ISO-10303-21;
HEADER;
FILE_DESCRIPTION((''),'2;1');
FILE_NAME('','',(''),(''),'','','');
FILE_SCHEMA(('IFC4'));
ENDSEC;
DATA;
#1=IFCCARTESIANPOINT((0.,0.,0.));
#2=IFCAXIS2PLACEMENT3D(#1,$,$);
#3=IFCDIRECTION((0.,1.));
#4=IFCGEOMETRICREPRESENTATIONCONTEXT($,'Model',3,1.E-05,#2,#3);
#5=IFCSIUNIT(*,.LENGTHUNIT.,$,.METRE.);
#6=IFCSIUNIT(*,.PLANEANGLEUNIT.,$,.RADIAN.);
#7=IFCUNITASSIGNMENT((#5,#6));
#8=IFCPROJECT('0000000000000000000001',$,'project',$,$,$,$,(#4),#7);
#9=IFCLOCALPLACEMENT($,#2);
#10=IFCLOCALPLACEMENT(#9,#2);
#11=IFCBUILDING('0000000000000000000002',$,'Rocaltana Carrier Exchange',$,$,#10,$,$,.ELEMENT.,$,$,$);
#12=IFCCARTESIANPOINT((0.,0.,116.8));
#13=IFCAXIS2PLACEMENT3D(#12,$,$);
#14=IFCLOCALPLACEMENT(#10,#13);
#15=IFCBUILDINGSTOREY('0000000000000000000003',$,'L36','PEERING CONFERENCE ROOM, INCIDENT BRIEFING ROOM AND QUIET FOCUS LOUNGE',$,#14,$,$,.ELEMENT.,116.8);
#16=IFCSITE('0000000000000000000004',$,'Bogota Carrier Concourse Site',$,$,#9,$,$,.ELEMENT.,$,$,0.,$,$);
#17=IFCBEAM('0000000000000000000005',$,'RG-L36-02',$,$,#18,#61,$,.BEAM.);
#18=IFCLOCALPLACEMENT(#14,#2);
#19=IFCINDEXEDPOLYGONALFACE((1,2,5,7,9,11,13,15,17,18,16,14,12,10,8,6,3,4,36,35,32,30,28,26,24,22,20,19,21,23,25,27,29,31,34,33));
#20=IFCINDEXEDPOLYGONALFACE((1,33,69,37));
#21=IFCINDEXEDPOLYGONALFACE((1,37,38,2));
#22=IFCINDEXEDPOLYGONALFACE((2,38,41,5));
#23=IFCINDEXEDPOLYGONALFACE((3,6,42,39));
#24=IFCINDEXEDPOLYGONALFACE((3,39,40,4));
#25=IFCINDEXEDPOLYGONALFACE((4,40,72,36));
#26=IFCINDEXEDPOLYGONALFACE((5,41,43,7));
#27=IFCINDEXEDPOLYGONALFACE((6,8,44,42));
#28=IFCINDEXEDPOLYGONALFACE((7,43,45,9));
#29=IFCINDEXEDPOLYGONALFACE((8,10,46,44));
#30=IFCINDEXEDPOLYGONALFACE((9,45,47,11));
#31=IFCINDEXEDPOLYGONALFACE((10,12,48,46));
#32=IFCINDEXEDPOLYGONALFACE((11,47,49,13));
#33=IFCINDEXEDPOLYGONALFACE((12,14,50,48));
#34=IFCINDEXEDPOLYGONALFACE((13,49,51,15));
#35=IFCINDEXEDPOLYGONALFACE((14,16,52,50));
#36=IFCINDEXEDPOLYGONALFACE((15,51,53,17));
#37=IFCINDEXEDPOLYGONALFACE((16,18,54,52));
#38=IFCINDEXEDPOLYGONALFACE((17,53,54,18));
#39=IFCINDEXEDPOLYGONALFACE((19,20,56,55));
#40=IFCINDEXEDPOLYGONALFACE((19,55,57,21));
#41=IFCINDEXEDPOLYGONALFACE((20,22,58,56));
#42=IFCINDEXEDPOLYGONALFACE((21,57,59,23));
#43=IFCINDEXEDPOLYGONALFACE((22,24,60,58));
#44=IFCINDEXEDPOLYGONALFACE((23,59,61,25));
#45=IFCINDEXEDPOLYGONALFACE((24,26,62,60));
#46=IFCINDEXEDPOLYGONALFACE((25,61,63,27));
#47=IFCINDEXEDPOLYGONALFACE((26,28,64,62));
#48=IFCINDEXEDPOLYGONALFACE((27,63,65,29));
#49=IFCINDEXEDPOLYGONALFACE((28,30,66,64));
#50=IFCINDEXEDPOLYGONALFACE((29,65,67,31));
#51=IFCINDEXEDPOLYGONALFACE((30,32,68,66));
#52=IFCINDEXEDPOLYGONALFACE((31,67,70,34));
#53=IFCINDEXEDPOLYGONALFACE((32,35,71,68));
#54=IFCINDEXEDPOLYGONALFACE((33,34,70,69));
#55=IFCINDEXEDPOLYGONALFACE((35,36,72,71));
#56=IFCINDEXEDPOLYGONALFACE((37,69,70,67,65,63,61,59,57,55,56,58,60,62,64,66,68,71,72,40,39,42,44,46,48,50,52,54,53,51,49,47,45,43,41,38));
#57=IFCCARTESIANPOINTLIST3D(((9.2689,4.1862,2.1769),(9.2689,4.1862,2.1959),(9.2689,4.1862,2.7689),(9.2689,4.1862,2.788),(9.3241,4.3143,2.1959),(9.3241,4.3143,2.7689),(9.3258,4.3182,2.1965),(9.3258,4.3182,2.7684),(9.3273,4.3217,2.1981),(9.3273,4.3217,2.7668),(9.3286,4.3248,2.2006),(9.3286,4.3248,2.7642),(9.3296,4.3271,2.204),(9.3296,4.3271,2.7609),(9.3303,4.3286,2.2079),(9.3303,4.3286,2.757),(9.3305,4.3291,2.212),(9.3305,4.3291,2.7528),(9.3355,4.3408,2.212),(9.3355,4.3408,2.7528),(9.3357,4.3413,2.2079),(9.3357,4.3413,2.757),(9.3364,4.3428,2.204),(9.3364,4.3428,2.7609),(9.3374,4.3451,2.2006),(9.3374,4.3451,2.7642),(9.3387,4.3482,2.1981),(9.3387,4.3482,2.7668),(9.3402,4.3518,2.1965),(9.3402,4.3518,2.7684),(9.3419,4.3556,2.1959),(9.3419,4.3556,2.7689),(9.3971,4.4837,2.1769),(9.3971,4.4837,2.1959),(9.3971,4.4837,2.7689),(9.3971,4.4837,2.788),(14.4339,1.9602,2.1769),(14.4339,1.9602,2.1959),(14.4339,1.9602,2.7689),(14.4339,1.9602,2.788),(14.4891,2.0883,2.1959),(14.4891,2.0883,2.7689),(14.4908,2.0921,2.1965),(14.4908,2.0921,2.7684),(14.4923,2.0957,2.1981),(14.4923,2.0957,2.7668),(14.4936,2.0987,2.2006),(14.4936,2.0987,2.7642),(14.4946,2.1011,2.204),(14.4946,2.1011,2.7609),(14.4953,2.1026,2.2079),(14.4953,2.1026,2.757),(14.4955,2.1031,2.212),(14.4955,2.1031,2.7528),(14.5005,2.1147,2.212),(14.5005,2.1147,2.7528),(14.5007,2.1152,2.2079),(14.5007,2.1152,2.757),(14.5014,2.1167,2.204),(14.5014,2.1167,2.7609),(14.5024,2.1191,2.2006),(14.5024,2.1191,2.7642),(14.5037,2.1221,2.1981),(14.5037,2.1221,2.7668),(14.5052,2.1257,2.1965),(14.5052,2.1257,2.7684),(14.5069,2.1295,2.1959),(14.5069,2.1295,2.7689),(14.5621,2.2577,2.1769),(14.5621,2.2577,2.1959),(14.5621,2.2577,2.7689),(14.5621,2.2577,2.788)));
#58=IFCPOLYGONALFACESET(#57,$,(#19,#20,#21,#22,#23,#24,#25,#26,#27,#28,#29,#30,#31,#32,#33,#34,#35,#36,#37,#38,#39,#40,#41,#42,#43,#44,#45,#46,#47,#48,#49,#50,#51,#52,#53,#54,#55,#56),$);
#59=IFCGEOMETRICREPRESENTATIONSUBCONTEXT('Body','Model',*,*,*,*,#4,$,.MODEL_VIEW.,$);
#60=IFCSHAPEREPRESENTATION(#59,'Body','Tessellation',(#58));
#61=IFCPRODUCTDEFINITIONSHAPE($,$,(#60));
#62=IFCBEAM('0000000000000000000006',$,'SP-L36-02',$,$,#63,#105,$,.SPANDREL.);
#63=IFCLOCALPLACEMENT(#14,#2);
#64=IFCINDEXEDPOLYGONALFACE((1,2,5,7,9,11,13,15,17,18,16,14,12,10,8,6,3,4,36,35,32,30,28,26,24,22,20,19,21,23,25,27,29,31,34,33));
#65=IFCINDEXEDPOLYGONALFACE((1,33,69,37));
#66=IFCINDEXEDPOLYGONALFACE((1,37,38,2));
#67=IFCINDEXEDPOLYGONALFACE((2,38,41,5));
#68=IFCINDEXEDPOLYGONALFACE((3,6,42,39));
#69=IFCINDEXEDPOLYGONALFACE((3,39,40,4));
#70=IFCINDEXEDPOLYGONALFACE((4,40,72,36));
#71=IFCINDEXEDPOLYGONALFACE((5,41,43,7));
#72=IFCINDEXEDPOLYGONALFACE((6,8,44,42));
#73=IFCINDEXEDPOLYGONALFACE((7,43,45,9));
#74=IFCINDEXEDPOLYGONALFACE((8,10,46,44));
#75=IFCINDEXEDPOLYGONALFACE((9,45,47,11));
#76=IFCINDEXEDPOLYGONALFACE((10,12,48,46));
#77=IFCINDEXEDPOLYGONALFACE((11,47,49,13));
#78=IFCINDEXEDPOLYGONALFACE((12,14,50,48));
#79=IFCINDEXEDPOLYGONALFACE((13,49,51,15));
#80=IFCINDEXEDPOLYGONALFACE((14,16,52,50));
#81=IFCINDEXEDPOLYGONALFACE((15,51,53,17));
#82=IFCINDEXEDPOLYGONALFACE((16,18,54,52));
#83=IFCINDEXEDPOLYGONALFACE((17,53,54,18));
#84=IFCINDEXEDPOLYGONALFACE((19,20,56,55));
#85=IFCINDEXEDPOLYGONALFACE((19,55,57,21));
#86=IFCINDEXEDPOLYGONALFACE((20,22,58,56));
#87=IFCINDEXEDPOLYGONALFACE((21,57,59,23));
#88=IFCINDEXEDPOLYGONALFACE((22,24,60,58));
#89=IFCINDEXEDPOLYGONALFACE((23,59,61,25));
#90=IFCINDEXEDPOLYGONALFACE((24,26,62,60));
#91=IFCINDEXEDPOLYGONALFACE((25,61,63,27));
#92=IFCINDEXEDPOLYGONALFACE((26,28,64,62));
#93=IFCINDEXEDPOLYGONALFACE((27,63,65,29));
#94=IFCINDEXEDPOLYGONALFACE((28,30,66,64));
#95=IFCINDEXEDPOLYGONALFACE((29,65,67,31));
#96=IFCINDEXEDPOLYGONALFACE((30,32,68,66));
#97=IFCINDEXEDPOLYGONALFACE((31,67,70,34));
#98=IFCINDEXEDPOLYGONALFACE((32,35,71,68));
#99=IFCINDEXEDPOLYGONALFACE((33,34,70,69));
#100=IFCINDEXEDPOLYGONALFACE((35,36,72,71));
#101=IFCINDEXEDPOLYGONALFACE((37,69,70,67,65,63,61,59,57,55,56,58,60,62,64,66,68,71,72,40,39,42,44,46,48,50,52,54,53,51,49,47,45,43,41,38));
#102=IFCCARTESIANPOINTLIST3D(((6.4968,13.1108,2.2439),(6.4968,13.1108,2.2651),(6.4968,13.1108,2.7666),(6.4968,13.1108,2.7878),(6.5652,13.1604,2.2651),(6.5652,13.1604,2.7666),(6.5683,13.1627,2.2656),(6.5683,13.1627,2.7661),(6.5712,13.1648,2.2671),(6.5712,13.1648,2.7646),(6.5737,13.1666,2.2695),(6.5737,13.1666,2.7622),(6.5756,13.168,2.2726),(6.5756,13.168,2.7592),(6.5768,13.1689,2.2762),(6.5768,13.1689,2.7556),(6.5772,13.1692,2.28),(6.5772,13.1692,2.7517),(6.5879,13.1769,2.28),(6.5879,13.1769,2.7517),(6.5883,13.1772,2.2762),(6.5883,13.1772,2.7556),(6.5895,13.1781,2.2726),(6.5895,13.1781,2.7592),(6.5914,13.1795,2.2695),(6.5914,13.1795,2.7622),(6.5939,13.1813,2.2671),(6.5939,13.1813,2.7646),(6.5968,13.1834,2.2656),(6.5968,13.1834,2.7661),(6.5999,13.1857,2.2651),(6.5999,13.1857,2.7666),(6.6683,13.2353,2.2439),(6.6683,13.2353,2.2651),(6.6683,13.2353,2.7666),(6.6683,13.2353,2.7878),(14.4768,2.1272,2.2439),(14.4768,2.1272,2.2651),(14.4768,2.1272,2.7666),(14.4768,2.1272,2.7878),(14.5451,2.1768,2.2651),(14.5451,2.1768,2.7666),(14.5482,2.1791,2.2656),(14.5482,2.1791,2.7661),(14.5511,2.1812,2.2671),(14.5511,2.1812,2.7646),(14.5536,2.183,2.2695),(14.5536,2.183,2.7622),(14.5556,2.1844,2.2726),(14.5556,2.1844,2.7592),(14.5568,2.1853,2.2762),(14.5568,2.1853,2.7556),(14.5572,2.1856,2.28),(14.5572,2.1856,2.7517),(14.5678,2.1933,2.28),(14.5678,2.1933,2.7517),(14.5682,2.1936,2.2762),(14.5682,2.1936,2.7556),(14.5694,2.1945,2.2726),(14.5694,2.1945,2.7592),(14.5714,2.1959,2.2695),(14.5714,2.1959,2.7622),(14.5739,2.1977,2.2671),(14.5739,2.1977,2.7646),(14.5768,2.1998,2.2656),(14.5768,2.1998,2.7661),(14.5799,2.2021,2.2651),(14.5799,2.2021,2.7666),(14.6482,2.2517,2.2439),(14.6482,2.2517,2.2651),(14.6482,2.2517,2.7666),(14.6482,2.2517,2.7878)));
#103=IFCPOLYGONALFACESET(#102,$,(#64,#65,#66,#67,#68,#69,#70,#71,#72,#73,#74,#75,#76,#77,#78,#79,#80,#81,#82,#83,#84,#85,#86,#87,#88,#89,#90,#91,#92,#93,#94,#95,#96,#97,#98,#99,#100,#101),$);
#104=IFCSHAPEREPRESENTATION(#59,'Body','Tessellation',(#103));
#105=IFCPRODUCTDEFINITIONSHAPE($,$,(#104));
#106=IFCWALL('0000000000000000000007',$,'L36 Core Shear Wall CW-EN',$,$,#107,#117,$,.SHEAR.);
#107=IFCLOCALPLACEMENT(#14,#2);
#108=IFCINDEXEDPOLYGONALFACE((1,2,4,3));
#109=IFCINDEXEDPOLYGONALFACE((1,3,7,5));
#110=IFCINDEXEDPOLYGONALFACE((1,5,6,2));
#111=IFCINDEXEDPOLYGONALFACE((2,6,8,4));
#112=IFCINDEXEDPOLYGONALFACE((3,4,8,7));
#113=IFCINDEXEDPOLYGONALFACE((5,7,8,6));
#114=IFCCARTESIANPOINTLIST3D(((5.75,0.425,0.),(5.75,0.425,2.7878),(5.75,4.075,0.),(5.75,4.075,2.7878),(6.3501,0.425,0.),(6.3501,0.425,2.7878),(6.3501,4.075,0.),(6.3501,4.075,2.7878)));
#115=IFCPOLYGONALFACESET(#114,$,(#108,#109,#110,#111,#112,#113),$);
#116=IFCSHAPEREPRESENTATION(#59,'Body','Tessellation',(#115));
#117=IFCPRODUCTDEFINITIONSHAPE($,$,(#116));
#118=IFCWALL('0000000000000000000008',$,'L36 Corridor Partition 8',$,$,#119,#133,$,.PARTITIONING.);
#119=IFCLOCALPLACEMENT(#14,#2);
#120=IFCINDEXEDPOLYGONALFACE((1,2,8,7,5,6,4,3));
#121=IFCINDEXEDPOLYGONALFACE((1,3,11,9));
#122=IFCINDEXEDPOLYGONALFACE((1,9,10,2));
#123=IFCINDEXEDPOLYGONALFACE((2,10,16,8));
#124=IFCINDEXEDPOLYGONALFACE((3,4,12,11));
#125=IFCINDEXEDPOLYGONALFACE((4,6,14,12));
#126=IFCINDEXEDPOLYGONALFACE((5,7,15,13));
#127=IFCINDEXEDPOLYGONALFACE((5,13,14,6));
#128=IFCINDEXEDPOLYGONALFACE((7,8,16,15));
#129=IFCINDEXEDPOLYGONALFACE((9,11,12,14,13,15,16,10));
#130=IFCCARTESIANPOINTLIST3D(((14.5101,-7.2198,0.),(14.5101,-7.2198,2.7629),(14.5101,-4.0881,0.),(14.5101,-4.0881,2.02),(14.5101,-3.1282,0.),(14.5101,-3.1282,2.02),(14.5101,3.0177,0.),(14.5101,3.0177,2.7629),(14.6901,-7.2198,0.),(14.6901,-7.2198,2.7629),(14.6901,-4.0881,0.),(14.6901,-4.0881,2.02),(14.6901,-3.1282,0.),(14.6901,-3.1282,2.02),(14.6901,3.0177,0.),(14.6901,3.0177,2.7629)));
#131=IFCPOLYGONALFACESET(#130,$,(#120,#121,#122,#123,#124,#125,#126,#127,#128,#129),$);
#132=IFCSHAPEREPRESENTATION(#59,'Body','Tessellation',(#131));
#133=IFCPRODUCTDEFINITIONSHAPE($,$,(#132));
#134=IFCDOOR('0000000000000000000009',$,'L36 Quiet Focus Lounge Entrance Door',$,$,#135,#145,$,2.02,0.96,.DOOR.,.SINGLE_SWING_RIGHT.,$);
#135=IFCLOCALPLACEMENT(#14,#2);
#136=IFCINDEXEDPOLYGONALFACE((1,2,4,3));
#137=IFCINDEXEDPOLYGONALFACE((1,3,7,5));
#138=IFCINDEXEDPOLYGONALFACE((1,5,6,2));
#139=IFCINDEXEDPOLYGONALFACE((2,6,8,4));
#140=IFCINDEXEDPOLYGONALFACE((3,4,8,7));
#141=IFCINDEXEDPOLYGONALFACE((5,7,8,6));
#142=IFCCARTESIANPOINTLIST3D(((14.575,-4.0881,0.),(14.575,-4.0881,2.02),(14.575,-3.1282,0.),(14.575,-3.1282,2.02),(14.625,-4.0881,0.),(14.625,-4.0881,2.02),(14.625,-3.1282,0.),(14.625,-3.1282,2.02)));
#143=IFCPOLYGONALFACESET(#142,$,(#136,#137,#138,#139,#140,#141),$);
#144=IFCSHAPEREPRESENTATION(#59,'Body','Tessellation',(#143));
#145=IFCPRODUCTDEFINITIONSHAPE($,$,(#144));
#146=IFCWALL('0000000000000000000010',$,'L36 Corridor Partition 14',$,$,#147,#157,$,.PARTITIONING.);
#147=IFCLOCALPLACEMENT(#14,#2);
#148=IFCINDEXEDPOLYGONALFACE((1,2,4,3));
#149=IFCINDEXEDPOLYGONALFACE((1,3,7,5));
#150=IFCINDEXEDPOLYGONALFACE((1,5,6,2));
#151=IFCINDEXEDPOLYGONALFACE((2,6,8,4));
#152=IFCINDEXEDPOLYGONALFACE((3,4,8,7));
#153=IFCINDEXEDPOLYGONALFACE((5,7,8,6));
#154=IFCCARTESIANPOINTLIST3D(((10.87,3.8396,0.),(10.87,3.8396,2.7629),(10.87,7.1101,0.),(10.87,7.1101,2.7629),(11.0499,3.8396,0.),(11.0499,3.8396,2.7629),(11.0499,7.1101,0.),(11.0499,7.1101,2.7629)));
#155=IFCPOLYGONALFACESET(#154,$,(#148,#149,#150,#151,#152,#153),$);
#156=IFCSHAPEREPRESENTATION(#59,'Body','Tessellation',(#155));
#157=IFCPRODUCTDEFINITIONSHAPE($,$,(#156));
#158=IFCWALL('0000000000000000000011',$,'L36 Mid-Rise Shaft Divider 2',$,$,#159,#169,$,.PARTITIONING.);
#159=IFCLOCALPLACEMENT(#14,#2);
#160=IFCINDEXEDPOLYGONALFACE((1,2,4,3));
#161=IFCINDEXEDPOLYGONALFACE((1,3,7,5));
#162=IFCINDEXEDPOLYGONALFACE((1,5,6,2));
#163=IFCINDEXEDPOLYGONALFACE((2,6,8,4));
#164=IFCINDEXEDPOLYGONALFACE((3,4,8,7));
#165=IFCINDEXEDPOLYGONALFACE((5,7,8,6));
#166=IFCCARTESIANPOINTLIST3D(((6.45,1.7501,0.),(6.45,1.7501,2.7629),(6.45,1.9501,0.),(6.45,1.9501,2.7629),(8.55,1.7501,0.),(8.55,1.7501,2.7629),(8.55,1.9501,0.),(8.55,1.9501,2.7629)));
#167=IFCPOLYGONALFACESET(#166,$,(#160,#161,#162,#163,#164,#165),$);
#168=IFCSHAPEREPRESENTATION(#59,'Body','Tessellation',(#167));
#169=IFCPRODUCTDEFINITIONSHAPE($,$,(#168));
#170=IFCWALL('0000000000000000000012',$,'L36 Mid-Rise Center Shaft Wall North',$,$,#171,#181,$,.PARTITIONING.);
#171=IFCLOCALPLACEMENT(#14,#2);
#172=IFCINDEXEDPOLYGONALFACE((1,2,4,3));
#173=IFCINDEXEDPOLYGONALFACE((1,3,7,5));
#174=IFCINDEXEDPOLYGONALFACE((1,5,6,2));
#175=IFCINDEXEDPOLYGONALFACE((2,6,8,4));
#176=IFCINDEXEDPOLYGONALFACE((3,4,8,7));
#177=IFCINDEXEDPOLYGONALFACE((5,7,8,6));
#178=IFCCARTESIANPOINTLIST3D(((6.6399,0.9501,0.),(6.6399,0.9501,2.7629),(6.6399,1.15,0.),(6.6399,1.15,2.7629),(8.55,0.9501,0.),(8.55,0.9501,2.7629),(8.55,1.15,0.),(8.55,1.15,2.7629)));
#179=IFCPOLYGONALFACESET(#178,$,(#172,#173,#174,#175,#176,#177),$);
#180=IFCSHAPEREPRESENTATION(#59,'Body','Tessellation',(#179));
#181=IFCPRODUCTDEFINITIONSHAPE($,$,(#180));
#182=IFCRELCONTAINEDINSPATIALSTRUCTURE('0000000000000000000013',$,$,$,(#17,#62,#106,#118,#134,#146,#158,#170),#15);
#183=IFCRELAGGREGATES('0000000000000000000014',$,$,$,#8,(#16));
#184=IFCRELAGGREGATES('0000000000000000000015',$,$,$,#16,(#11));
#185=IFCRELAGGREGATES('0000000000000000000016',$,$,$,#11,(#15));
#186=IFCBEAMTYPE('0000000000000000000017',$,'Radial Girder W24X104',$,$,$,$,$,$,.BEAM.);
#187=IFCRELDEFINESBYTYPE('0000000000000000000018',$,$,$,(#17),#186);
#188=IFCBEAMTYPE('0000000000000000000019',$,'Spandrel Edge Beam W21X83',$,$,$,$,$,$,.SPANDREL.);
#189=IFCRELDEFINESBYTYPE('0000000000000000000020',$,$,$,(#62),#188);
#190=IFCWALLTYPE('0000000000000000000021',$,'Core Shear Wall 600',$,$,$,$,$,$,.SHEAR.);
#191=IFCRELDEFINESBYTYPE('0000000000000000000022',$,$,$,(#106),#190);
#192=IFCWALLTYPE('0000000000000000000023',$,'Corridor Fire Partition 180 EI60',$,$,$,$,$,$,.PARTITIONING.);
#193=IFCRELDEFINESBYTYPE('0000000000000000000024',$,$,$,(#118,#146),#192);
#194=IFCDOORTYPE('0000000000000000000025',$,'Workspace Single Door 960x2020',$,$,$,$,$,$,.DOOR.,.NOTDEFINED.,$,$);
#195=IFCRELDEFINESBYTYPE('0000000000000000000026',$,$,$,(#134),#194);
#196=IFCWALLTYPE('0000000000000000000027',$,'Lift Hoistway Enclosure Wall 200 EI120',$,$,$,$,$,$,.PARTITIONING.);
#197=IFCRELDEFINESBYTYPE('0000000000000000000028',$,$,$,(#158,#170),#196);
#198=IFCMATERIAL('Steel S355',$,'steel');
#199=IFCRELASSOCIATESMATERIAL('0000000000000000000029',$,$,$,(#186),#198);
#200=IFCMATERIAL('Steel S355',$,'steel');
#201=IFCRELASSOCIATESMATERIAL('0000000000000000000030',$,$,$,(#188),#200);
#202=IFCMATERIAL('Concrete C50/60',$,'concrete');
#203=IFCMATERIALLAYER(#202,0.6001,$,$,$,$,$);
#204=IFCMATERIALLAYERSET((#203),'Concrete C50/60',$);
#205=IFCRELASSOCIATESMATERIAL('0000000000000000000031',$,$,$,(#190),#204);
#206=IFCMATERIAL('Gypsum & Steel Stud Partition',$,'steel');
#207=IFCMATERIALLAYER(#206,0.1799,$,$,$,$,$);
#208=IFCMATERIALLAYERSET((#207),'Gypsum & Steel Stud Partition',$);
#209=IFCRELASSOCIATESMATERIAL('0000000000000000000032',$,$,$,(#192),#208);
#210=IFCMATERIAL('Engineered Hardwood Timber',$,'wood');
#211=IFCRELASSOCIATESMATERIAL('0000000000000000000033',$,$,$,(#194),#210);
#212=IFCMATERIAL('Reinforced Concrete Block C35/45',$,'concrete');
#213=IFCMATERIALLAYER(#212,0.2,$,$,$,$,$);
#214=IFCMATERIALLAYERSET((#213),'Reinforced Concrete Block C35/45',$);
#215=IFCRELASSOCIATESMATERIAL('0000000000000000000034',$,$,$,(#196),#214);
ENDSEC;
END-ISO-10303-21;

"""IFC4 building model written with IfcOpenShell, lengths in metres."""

from ifc_helpers import new_model, si_unit, direction, frame, frame_2d, origin, origin_2d, place, context, subcontext, project, spatial, rectangle, i_section, extrude, material, layer, layer_set, material_profile, profile_set, type_object, element, fill, save


model = new_model("IFC4")

# Units and contexts
model_context = context("Model", 3, precision=1e-05, world=origin(), true_north=direction((0.0, 1.0)))
body_context = subcontext(model_context, "Body", "Model", "MODEL_VIEW")
ifc_project = project(units=[si_unit("LENGTHUNIT", "METRE"), si_unit("PLANEANGLEUNIT", "RADIAN")], contexts=[model_context])

# Site, building, storey
site_placement = place(None, origin())
site = spatial("IfcSite", under=ifc_project, at=site_placement, Name="Bogota Carrier Concourse Site", CompositionType="ELEMENT", RefElevation=0.0)
building_placement = place(site_placement, origin())
building = spatial("IfcBuilding", under=site, at=building_placement, Name="Rocaltana Carrier Exchange", CompositionType="ELEMENT")
storey_placement = place(building_placement, frame((0.0, 0.0, 116.8)))
storey = spatial("IfcBuildingStorey", under=building, at=storey_placement, Name="L36", Description="PEERING CONFERENCE ROOM, INCIDENT BRIEFING ROOM AND QUIET FOCUS LOUNGE", CompositionType="ELEMENT", Elevation=116.8)

# Beams
ifc_material_1 = material(Name="Steel S355", Category="steel")
ifc_material_profile_1 = material_profile(ifc_material_1, i_section(OverallWidth=0.324, OverallDepth=0.6111, WebThickness=0.0127, FlangeThickness=0.019, FilletRadius=0.0161, at=origin_2d()), Name="W24X104")
ifc_profile_set_1 = profile_set([ifc_material_profile_1], Name="Steel S355")
beam_type_1 = type_object("IfcBeamType", Name="Radial Girder W24X104", PredefinedType="BEAM", material=ifc_profile_set_1)
beam_1_placement = place(storey_placement, frame((9.333, 4.335, 2.4824), z_axis=(0.918339, -0.395794, 0.0), x_axis=(0.395794, 0.918339, 0.0)))
element("IfcBeam", 1, at=beam_1_placement, inside=storey, type_object=beam_type_1, Name="RG-L36-02", PredefinedType="BEAM", context=body_context, shape_type="SweptSolid", body=[
    extrude(i_section(OverallWidth=0.324, OverallDepth=0.6111, WebThickness=0.0127, FlangeThickness=0.019, FilletRadius=0.0161, at=origin_2d()), origin(), (0.0, 0.0, 1.0), 5.6243),
])
ifc_material_2 = material(Name="Steel S355", Category="steel")
ifc_material_profile_2 = material_profile(ifc_material_2, i_section(OverallWidth=0.2119, OverallDepth=0.5439, WebThickness=0.0132, FlangeThickness=0.0212, FilletRadius=0.0149, at=origin_2d()), Name="W21X83")
ifc_profile_set_2 = profile_set([ifc_material_profile_2], Name="Steel S355")
beam_type_2 = type_object("IfcBeamType", Name="Spandrel Edge Beam W21X83", PredefinedType="SPANDREL", material=ifc_profile_set_2)
beam_2_placement = place(storey_placement, frame((14.5625, 2.1895, 2.5159), z_axis=(-0.58778, 0.809021, 0.0), x_axis=(-0.809021, -0.58778, 0.0)))
element("IfcBeam", 2, at=beam_2_placement, inside=storey, type_object=beam_type_2, Name="SP-L36-02", PredefinedType="SPANDREL", context=body_context, shape_type="SweptSolid", body=[
    extrude(i_section(OverallWidth=0.2119, OverallDepth=0.5439, WebThickness=0.0132, FlangeThickness=0.0212, FilletRadius=0.0149, at=origin_2d()), origin(), (0.0, 0.0, 1.0), 13.5764),
])

# Wall
ifc_material_3 = material(Name="Concrete C50/60", Category="concrete")
ifc_layer_1 = layer(ifc_material_3, 0.6001)
ifc_layer_set_1 = layer_set([ifc_layer_1], Name="Concrete C50/60")
wall_type_1 = type_object("IfcWallType", Name="Core Shear Wall 600", PredefinedType="SHEAR", material=ifc_layer_set_1)
wall_1_placement = place(storey_placement, frame((6.05, 0.425, 0.0), z_axis=(0.0, 0.0, 1.0), x_axis=(0.0, 1.0, 0.0)))
element("IfcWall", 3, at=wall_1_placement, inside=storey, type_object=wall_type_1, Name="L36 Core Shear Wall CW-EN", PredefinedType="SHEAR", context=body_context, shape_type="SweptSolid", body=[
    extrude(rectangle(XDim=3.6499, YDim=0.6001, at=frame_2d((1.825, 0.0))), origin(), (0.0, 0.0, 1.0), 2.7878),
])

# Wall, opening, door
ifc_material_4 = material(Name="Gypsum & Steel Stud Partition", Category="steel")
ifc_layer_2 = layer(ifc_material_4, 0.1799)
ifc_layer_set_2 = layer_set([ifc_layer_2], Name="Gypsum & Steel Stud Partition")
wall_type_2 = type_object("IfcWallType", Name="Corridor Fire Partition 180 EI60", PredefinedType="PARTITIONING", material=ifc_layer_set_2)
wall_2_placement = place(storey_placement, frame((14.6001, 3.0176, 0.0), z_axis=(0.0, 0.0, 1.0), x_axis=(0.0, -1.0, 0.0)))
wall_2 = element("IfcWall", 4, at=wall_2_placement, inside=storey, type_object=wall_type_2, Name="L36 Corridor Partition 8", PredefinedType="PARTITIONING", context=body_context, shape_type="SweptSolid", body=[
    extrude(rectangle(XDim=10.2375, YDim=0.1799, at=frame_2d((5.1187, 0.0))), origin(), (0.0, 0.0, 1.0), 2.7629),
])
opening_placement = place(wall_2_placement, frame((6.1458, 0.0, 0.0)))
opening = element("IfcOpeningElement", 5, at=opening_placement, cuts=wall_2, PredefinedType="OPENING", context=body_context, shape_type="SweptSolid", body=[
    extrude(rectangle(XDim=0.96, YDim=2.02, at=frame_2d((0.48, 1.01))), frame((0.0, 0.0999, 0.0), z_axis=(0.0, -1.0, 0.0), x_axis=(1.0, 0.0, 0.0)), (0.0, 0.0, 1.0), 0.2),
])
ifc_material_5 = material(Name="Engineered Hardwood Timber", Category="wood")
door_type = type_object("IfcDoorType", Name="Workspace Single Door 960x2020", OperationType="NOTDEFINED", PredefinedType="DOOR", material=ifc_material_5)
door_placement = place(opening_placement, origin())
door = element("IfcDoor", 6, at=door_placement, inside=storey, type_object=door_type, Name="L36 Quiet Focus Lounge Entrance Door", OperationType="SINGLE_SWING_RIGHT", OverallHeight=2.02, OverallWidth=0.96, PredefinedType="DOOR", context=body_context, shape_type="SweptSolid", body=[
    extrude(rectangle(XDim=0.96, YDim=2.02, at=frame_2d((0.48, 1.01))), frame((0.0, 0.0249, 0.0), z_axis=(0.0, -1.0, 0.0), x_axis=(1.0, 0.0, 0.0)), (0.0, 0.0, 1.0), 0.05),
])
fill(opening, door)

# Walls
wall_3_placement = place(storey_placement, frame((10.96, 3.8396, 0.0), z_axis=(0.0, 0.0, 1.0), x_axis=(0.0, 1.0, 0.0)))
element("IfcWall", 7, at=wall_3_placement, inside=storey, type_object=wall_type_2, Name="L36 Corridor Partition 14", PredefinedType="PARTITIONING", context=body_context, shape_type="SweptSolid", body=[
    extrude(rectangle(XDim=3.2705, YDim=0.1799, at=frame_2d((1.6353, 0.0))), origin(), (0.0, 0.0, 1.0), 2.7629),
])
ifc_material_6 = material(Name="Reinforced Concrete Block C35/45", Category="concrete")
ifc_layer_3 = layer(ifc_material_6, 0.2)
ifc_layer_set_3 = layer_set([ifc_layer_3], Name="Reinforced Concrete Block C35/45")
wall_type_3 = type_object("IfcWallType", Name="Lift Hoistway Enclosure Wall 200 EI120", PredefinedType="PARTITIONING", material=ifc_layer_set_3)
wall_4_placement = place(storey_placement, frame((6.45, 1.8501, 0.0), z_axis=(0.0, 0.0, 1.0), x_axis=(1.0, 0.0, 0.0)))
element("IfcWall", 8, at=wall_4_placement, inside=storey, type_object=wall_type_3, Name="L36 Mid-Rise Shaft Divider 2", PredefinedType="PARTITIONING", context=body_context, shape_type="SweptSolid", body=[
    extrude(rectangle(XDim=2.1001, YDim=0.2, at=frame_2d((1.05, 0.0))), origin(), (0.0, 0.0, 1.0), 2.7629),
])
wall_5_placement = place(storey_placement, frame((6.6399, 1.05, 0.0), z_axis=(0.0, 0.0, 1.0), x_axis=(1.0, 0.0, 0.0)))
element("IfcWall", 9, at=wall_5_placement, inside=storey, type_object=wall_type_3, Name="L36 Mid-Rise Center Shaft Wall North", PredefinedType="PARTITIONING", context=body_context, shape_type="SweptSolid", body=[
    extrude(rectangle(XDim=1.9102, YDim=0.2, at=frame_2d((0.9551, 0.0))), origin(), (0.0, 0.0, 1.0), 2.7629),
])

save(model, "model.ifc")
